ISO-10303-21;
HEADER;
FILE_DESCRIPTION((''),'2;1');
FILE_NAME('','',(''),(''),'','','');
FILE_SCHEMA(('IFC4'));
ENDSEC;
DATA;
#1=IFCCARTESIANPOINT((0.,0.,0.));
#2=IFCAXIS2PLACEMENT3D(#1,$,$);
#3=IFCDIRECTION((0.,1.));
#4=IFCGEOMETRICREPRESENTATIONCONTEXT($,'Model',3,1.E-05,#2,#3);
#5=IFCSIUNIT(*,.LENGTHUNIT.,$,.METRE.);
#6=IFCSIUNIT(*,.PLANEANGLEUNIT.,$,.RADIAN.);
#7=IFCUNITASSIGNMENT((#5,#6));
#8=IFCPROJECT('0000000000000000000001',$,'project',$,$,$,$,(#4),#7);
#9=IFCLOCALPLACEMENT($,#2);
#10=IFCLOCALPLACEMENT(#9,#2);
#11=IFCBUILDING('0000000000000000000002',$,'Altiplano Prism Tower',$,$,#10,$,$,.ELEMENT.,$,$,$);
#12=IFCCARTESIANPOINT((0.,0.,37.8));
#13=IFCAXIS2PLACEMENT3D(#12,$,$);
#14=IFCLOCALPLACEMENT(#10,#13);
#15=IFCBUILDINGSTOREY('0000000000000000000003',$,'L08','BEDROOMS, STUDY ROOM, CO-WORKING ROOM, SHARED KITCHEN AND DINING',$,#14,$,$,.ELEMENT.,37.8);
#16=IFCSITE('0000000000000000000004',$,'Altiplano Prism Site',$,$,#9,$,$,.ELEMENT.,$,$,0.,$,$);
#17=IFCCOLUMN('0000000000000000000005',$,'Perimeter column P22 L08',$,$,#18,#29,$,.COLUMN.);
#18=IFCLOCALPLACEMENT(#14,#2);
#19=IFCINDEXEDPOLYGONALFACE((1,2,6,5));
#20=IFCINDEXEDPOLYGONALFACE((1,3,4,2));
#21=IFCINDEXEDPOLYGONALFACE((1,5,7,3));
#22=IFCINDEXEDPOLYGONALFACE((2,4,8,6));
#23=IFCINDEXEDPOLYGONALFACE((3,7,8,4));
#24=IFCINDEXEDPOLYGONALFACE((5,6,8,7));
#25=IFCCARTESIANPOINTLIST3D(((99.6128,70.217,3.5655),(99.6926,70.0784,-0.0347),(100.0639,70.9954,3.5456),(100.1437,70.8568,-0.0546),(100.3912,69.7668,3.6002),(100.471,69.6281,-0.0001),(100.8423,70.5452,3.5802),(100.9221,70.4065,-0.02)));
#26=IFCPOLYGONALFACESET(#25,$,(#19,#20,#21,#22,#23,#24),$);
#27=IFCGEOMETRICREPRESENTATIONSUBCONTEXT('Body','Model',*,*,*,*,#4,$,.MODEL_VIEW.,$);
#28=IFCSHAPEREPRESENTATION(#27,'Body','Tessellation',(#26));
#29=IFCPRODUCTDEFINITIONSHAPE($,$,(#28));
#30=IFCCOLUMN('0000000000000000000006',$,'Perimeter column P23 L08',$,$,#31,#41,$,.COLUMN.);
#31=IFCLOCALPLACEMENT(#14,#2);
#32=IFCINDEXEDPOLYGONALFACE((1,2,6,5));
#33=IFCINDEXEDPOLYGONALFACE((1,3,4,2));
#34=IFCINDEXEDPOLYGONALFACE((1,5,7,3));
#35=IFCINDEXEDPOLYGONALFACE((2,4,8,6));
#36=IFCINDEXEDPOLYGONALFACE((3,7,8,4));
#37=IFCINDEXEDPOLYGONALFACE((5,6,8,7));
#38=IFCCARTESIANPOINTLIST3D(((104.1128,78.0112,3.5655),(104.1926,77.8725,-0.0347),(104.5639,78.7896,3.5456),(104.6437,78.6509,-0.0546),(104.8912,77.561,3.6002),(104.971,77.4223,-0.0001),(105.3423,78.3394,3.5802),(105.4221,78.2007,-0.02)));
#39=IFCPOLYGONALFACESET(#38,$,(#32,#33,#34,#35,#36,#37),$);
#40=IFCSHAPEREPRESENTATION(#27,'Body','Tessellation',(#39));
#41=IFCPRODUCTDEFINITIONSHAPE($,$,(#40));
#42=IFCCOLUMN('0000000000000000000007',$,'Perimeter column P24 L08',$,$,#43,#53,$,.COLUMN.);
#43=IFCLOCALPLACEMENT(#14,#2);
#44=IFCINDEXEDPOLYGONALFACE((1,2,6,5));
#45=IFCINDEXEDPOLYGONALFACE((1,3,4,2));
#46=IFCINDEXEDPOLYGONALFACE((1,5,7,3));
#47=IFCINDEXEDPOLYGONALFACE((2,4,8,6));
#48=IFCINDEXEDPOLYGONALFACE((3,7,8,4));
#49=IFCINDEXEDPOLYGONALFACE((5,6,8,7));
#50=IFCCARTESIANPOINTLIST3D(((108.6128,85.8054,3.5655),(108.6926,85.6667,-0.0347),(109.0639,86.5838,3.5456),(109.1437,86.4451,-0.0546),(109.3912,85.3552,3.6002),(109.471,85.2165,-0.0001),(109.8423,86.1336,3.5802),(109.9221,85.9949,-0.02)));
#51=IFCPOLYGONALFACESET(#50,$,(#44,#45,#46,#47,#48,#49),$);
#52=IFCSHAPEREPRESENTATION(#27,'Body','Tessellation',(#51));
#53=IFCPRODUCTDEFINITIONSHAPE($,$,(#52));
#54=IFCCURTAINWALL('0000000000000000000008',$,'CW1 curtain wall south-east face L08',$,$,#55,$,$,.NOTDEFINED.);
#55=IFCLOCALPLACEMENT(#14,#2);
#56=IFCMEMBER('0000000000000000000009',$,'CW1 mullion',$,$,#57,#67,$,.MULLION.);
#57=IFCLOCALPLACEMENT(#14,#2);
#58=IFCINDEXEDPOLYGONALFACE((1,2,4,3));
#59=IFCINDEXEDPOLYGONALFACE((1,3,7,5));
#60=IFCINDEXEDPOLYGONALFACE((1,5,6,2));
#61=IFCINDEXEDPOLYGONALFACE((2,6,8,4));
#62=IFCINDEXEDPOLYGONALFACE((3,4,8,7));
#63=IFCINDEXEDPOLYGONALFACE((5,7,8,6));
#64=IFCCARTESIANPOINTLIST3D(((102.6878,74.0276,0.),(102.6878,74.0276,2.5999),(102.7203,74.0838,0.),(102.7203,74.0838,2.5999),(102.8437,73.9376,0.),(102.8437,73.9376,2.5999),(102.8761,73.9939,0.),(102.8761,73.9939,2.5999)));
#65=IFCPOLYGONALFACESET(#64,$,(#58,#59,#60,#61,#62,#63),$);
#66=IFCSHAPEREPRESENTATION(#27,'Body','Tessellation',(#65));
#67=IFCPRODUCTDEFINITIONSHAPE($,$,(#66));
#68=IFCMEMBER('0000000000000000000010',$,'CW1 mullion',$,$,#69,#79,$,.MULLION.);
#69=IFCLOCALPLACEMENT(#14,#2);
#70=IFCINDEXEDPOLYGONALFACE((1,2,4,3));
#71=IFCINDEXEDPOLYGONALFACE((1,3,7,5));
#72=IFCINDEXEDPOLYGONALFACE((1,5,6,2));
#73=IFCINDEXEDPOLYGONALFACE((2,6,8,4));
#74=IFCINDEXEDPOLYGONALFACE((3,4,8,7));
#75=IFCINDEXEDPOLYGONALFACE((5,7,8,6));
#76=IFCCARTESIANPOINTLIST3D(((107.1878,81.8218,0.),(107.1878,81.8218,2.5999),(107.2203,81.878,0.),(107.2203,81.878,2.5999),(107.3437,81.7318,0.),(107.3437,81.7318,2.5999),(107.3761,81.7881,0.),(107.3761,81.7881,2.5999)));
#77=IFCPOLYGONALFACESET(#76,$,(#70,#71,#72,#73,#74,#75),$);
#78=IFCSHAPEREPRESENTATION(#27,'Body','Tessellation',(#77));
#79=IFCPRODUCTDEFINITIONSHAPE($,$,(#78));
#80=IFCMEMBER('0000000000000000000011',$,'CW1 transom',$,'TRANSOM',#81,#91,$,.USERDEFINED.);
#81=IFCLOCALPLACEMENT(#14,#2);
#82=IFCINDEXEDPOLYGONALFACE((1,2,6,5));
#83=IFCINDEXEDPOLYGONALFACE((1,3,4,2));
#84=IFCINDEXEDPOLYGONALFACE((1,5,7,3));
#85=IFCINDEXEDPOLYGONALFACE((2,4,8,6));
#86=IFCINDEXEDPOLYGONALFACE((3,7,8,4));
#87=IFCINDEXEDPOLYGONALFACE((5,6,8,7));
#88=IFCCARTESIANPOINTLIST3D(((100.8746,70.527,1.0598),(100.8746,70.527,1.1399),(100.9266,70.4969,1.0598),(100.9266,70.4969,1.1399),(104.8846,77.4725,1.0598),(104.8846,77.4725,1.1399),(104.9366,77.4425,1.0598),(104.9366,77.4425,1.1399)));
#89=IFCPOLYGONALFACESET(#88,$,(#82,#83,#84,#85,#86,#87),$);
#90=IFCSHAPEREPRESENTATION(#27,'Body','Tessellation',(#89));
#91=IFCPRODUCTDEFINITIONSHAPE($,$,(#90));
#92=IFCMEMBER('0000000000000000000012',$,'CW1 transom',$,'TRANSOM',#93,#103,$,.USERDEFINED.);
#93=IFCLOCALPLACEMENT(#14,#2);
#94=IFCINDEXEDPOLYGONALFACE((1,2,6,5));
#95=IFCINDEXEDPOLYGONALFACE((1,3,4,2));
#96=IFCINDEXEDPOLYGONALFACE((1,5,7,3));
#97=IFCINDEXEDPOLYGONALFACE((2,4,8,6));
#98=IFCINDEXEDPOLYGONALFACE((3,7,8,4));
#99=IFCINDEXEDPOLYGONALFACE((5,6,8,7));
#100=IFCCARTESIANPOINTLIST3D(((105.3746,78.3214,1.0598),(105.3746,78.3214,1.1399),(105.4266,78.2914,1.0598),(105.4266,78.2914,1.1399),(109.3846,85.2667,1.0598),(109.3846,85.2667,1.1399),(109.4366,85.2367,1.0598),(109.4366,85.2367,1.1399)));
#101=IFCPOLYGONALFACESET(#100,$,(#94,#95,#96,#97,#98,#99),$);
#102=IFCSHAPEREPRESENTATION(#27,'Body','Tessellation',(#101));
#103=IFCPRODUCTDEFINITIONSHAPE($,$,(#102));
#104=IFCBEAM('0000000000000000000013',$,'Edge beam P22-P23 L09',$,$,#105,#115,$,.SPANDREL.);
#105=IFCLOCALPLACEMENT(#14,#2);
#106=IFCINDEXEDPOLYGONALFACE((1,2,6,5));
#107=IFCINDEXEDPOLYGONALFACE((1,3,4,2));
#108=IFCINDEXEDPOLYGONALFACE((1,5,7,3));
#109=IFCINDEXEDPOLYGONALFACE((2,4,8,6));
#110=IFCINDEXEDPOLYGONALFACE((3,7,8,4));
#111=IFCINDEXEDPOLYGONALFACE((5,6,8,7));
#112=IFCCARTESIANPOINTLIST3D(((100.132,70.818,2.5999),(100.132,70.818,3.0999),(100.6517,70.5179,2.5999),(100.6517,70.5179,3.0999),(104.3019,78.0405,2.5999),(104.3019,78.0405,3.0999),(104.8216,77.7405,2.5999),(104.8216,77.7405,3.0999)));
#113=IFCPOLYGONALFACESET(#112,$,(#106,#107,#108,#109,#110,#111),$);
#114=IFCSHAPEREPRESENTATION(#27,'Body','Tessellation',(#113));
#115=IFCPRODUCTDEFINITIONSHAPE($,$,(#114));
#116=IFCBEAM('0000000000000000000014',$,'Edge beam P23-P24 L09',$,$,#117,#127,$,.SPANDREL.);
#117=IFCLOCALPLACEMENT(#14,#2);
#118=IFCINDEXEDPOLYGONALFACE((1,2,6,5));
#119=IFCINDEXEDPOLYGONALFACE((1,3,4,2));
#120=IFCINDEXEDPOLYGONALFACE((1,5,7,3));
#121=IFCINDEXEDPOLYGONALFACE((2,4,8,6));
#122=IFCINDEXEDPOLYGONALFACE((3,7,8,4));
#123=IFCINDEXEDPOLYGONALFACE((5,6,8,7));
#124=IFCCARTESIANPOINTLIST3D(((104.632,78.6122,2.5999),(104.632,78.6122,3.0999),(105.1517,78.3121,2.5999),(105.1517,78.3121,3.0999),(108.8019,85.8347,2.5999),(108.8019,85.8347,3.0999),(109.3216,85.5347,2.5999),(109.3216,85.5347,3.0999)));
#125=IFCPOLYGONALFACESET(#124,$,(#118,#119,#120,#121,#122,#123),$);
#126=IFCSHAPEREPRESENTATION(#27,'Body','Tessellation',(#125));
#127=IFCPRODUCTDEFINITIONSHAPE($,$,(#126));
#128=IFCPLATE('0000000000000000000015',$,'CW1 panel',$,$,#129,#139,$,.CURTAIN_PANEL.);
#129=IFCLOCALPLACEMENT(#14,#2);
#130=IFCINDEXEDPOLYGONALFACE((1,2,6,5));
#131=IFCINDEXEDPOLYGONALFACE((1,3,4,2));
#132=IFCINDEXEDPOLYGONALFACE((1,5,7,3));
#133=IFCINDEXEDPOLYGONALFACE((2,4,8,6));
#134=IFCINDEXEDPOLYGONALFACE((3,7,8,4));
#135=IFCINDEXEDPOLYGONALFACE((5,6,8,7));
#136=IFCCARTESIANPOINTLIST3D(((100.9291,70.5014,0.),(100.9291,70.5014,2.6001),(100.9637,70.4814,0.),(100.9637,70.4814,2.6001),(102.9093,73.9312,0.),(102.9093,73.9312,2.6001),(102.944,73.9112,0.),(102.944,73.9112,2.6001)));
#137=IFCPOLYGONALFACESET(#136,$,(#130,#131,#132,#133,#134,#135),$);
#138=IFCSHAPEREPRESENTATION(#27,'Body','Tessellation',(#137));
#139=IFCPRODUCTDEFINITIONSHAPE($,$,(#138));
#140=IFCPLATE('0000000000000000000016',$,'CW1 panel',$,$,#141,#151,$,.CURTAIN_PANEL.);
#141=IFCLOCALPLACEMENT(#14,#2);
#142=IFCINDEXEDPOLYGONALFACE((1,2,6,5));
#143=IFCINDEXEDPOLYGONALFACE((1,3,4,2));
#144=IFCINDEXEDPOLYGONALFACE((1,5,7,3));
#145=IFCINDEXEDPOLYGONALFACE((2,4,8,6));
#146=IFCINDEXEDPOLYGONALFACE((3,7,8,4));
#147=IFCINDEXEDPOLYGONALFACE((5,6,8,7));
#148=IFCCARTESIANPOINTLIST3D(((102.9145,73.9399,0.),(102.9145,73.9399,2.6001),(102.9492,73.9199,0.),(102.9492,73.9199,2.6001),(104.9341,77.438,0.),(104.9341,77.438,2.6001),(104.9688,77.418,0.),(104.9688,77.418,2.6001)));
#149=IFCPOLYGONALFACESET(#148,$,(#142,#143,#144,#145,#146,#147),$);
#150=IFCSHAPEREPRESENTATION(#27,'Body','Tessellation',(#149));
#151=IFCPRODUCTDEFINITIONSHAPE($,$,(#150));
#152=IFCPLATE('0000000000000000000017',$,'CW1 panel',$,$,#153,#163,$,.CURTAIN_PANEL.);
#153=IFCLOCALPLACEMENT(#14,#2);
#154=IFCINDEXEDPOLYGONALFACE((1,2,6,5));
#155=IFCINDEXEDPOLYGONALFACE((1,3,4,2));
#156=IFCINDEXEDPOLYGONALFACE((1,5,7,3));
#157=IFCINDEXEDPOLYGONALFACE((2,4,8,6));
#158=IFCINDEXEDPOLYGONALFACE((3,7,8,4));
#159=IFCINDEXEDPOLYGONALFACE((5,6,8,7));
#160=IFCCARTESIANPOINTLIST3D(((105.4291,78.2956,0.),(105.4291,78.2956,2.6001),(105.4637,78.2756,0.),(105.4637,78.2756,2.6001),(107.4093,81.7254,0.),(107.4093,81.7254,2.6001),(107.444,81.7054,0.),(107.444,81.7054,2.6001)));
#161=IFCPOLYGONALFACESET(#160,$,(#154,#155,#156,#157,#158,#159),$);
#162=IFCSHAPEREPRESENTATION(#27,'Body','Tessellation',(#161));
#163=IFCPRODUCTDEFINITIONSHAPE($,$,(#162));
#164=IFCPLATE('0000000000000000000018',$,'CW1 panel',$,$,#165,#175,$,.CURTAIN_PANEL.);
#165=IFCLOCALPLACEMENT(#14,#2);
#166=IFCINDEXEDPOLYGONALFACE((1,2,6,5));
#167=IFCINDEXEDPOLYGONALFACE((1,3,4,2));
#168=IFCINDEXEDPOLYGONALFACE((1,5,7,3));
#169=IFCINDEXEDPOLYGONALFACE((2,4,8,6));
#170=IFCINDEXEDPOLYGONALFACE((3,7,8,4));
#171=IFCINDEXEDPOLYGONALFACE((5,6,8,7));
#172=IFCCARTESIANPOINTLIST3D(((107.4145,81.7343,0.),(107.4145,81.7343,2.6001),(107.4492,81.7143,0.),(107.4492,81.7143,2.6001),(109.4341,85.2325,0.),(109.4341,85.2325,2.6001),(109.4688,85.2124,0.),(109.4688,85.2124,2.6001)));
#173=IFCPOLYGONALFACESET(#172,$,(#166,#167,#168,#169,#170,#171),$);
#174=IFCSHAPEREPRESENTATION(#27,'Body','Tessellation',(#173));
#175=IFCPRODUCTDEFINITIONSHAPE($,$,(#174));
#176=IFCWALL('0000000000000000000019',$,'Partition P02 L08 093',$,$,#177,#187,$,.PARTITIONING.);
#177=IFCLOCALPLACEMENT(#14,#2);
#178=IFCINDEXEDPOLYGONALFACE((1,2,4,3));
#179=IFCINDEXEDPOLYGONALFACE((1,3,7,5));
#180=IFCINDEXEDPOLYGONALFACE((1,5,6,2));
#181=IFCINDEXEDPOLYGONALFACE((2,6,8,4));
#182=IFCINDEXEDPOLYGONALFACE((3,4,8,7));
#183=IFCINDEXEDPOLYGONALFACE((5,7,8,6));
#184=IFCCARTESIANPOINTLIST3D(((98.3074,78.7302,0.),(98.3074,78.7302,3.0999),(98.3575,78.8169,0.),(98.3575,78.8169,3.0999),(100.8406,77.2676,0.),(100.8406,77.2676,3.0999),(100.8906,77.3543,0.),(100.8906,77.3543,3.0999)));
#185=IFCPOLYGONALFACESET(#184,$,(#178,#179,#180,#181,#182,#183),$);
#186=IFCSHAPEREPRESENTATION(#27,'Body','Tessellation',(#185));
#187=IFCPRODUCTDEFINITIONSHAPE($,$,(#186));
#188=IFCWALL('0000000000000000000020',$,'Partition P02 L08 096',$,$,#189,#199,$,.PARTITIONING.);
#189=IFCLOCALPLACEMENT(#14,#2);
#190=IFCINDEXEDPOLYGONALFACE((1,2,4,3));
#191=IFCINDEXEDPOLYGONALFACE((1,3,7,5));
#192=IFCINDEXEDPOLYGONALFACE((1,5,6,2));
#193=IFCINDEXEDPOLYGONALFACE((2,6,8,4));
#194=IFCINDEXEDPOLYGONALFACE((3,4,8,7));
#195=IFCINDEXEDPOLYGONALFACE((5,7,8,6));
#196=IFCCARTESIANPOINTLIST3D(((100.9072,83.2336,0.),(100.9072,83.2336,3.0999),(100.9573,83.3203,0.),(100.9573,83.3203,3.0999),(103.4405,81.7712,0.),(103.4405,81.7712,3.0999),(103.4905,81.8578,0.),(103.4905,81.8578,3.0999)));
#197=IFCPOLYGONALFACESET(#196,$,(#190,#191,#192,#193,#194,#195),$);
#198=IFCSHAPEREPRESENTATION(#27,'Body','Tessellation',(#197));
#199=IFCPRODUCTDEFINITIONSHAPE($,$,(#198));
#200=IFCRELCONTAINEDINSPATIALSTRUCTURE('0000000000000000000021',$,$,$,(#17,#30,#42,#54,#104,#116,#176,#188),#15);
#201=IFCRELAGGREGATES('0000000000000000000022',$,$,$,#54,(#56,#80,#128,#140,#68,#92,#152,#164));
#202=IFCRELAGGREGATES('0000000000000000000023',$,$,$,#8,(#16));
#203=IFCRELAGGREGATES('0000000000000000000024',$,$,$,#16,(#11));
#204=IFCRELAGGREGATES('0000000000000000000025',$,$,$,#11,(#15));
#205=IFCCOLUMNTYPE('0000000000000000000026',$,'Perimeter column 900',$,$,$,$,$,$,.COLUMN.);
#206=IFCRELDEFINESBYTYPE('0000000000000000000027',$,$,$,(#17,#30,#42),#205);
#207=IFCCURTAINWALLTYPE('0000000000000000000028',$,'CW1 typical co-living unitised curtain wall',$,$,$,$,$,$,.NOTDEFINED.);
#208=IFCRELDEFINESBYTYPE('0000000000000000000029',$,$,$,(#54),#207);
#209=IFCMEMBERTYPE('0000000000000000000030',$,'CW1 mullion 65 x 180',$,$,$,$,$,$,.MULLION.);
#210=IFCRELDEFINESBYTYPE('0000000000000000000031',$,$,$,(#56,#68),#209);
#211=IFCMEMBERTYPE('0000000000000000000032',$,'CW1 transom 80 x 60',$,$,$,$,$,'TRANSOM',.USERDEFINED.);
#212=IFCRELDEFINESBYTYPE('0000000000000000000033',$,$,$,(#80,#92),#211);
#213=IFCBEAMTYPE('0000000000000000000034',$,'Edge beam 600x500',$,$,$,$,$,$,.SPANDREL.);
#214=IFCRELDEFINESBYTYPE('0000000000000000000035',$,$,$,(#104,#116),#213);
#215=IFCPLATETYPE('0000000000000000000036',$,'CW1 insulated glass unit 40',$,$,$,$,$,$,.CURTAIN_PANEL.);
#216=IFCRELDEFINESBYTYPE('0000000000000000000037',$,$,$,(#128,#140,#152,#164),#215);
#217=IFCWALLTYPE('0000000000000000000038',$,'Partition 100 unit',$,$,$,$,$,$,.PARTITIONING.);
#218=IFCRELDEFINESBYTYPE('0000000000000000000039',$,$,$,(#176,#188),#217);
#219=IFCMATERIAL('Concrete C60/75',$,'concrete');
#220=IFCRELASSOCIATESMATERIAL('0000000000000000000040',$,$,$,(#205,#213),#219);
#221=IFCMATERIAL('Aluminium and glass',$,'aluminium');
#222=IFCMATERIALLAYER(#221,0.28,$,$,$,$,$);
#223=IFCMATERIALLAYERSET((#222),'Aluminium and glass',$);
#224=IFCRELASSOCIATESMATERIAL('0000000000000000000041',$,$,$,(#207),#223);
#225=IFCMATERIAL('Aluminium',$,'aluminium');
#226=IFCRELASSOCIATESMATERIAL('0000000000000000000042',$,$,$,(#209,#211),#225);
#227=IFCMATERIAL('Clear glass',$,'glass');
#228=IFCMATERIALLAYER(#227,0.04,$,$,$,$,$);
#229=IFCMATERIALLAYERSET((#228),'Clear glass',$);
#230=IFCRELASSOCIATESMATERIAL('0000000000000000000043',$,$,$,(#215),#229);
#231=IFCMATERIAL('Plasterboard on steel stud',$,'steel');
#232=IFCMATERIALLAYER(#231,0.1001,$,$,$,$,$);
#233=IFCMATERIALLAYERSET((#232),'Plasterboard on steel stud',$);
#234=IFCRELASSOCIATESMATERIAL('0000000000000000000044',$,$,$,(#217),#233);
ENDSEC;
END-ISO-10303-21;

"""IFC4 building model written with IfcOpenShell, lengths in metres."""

from ifc_helpers import new_model, si_unit, direction, frame, frame_2d, origin, origin_2d, place, context, subcontext, project, spatial, rectangle, extrude, material, layer, layer_set, material_profile, profile_set, type_object, element, aggregate, save


model = new_model("IFC4")

# Units and contexts
model_context = context("Model", 3, precision=1e-05, world=origin(), true_north=direction((0.0, 1.0)))
body_context = subcontext(model_context, "Body", "Model", "MODEL_VIEW")
ifc_project = project(units=[si_unit("LENGTHUNIT", "METRE"), si_unit("PLANEANGLEUNIT", "RADIAN")], contexts=[model_context])

# Site, building, storey
site_placement = place(None, origin())
site = spatial("IfcSite", under=ifc_project, at=site_placement, Name="Altiplano Prism Site", CompositionType="ELEMENT", RefElevation=0.0)
building_placement = place(site_placement, origin())
building = spatial("IfcBuilding", under=site, at=building_placement, Name="Altiplano Prism Tower", CompositionType="ELEMENT")
storey_placement = place(building_placement, frame((0.0, 0.0, 37.8)))
storey = spatial("IfcBuildingStorey", under=building, at=storey_placement, Name="L08", Description="BEDROOMS, STUDY ROOM, CO-WORKING ROOM, SHARED KITCHEN AND DINING", CompositionType="ELEMENT", Elevation=37.8)

# Columns
ifc_material_1 = material(Name="Concrete C60/75", Category="concrete")
ifc_material_profile_1 = material_profile(ifc_material_1, rectangle(XDim=0.8999, YDim=0.8999, at=origin_2d()), Name="Perimeter column 900")
ifc_profile_set_1 = profile_set([ifc_material_profile_1], Name="Concrete C60/75")
column_type = type_object("IfcColumnType", Name="Perimeter column 900", PredefinedType="COLUMN", material=ifc_profile_set_1)
for number, where, z_axis, x_axis, name in (
    (1, (100.3074, 70.2424, -0.0273), (-0.022154, 0.038481, 0.999014), (-0.501318, -0.864979, 0.022201), "Perimeter column P22 L08"),
    (2, (104.8074, 78.0366, -0.0273), (-0.022154, 0.038481, 0.999014), (-0.50131, -0.864983, 0.022201), "Perimeter column P23 L08"),
    (3, (109.3074, 85.8308, -0.0273), (-0.022154, 0.038481, 0.999014), (-0.501313, -0.864981, 0.022201), "Perimeter column P24 L08"),
):
    element("IfcColumn", number, at=place(storey_placement, frame(where, z_axis=z_axis, x_axis=x_axis)), inside=storey, type_object=column_type, Name=name, PredefinedType="COLUMN", context=body_context, shape_type="SweptSolid", body=[
        extrude(rectangle(XDim=0.8999, YDim=0.8999, at=origin_2d()), origin(), (0.0, 0.0, 1.0), 3.6038),
    ])

# Curtain wall, members
ifc_material_2 = material(Name="Aluminium and glass", Category="aluminium")
ifc_layer_1 = layer(ifc_material_2, 0.28)
ifc_layer_set_1 = layer_set([ifc_layer_1], Name="Aluminium and glass")
curtain_wall_type = type_object("IfcCurtainWallType", Name="CW1 typical co-living unitised curtain wall", PredefinedType="NOTDEFINED", material=ifc_layer_set_1)
curtain_wall_placement = place(storey_placement, origin())
curtain_wall = element("IfcCurtainWall", 4, at=curtain_wall_placement, inside=storey, type_object=curtain_wall_type, Name="CW1 curtain wall south-east face L08", PredefinedType="NOTDEFINED")
ifc_material_3 = material(Name="Aluminium", Category="aluminium")
ifc_material_profile_2 = material_profile(ifc_material_3, rectangle(XDim=0.1799, YDim=0.0649, at=origin_2d()), Name="CW1 mullion 65 x 180")
ifc_profile_set_2 = profile_set([ifc_material_profile_2], Name="Aluminium")
member_type_1 = type_object("IfcMemberType", Name="CW1 mullion 65 x 180", PredefinedType="MULLION", material=ifc_profile_set_2)
member_1_placement = place(storey_placement, frame((102.782, 74.0107, 0.0), z_axis=(0.0, 0.0, 1.0), x_axis=(-0.866025, 0.5, 0.0)))
member_1 = element("IfcMember", 5, at=member_1_placement, type_object=member_type_1, Name="CW1 mullion", PredefinedType="MULLION", context=body_context, shape_type="SweptSolid", body=[
    extrude(rectangle(XDim=0.1799, YDim=0.0649, at=origin_2d()), origin(), (0.0, 0.0, 1.0), 2.5999),
])
member_2_placement = place(storey_placement, frame((107.282, 81.8049, 0.0), z_axis=(0.0, 0.0, 1.0), x_axis=(-0.866025, 0.5, 0.0)))
member_2 = element("IfcMember", 6, at=member_2_placement, type_object=member_type_1, Name="CW1 mullion", PredefinedType="MULLION", context=body_context, shape_type="SweptSolid", body=[
    extrude(rectangle(XDim=0.1799, YDim=0.0649, at=origin_2d()), origin(), (0.0, 0.0, 1.0), 2.5999),
])
ifc_material_profile_3 = material_profile(ifc_material_3, rectangle(XDim=0.0601, YDim=0.0801, at=origin_2d()), Name="CW1 transom 80 x 60")
ifc_profile_set_3 = profile_set([ifc_material_profile_3], Name="Aluminium")
member_type_2 = type_object("IfcMemberType", Name="CW1 transom 80 x 60", ElementType="TRANSOM", PredefinedType="USERDEFINED", material=ifc_profile_set_3)
member_3_placement = place(storey_placement, frame((100.9006, 70.512, 1.0999), z_axis=(0.499999, 0.866026, 0.0), x_axis=(-0.866026, 0.499999, 0.0)))
member_3 = element("IfcMember", 7, at=member_3_placement, type_object=member_type_2, Name="CW1 transom", ObjectType="TRANSOM", PredefinedType="USERDEFINED", context=body_context, shape_type="SweptSolid", body=[
    extrude(rectangle(XDim=0.0601, YDim=0.0801, at=origin_2d()), origin(), (0.0, 0.0, 1.0), 8.02),
])
member_4_placement = place(storey_placement, frame((105.4006, 78.3064, 1.0999), z_axis=(0.500012, 0.866018, 0.0), x_axis=(-0.866018, 0.500012, 0.0)))
member_4 = element("IfcMember", 8, at=member_4_placement, type_object=member_type_2, Name="CW1 transom", ObjectType="TRANSOM", PredefinedType="USERDEFINED", context=body_context, shape_type="SweptSolid", body=[
    extrude(rectangle(XDim=0.0601, YDim=0.0801, at=origin_2d()), origin(), (0.0, 0.0, 1.0), 8.0198),
])

# Beams
ifc_material_profile_4 = material_profile(ifc_material_1, rectangle(XDim=0.6001, YDim=0.5, at=origin_2d()), Name="Edge beam 600x500")
ifc_profile_set_4 = profile_set([ifc_material_profile_4], Name="Concrete C60/75")
beam_type = type_object("IfcBeamType", Name="Edge beam 600x500", PredefinedType="SPANDREL", material=ifc_profile_set_4)
for number, where, z_axis, x_axis, name in (
    (9, (100.3918, 70.668, 2.8499), (0.499993, 0.86603, 0.0), (-0.86603, 0.499993, 0.0), "Edge beam P22-P23 L09"),
    (10, (104.8918, 78.4622, 2.8499), (0.499993, 0.86603, 0.0), (-0.86603, 0.499993, 0.0), "Edge beam P23-P24 L09"),
):
    element("IfcBeam", number, at=place(storey_placement, frame(where, z_axis=z_axis, x_axis=x_axis)), inside=storey, type_object=beam_type, Name=name, PredefinedType="SPANDREL", context=body_context, shape_type="SweptSolid", body=[
        extrude(rectangle(XDim=0.6001, YDim=0.5, at=origin_2d()), origin(), (0.0, 0.0, 1.0), 8.3398),
    ])

# Plates
ifc_material_4 = material(Name="Clear glass", Category="glass")
ifc_layer_2 = layer(ifc_material_4, 0.04)
ifc_layer_set_2 = layer_set([ifc_layer_2], Name="Clear glass")
plate_type = type_object("IfcPlateType", Name="CW1 insulated glass unit 40", PredefinedType="CURTAIN_PANEL", material=ifc_layer_set_2)
plate_1_placement = place(storey_placement, frame((101.9365, 72.2063, 0.0), z_axis=(0.0, 0.0, 1.0), x_axis=(0.5, 0.866025, 0.0)))
plate_1 = element("IfcPlate", 11, at=plate_1_placement, type_object=plate_type, Name="CW1 panel", PredefinedType="CURTAIN_PANEL", context=body_context, shape_type="SweptSolid", body=[
    extrude(rectangle(XDim=3.9604, YDim=0.04, at=origin_2d()), origin(), (0.0, 0.0, 1.0), 2.6001),
])
plate_2_placement = place(storey_placement, frame((103.9417, 75.679, 0.0), z_axis=(0.0, 0.0, 1.0), x_axis=(0.5, 0.866025, 0.0)))
plate_2 = element("IfcPlate", 12, at=plate_2_placement, type_object=plate_type, Name="CW1 panel", PredefinedType="CURTAIN_PANEL", context=body_context, shape_type="SweptSolid", body=[
    extrude(rectangle(XDim=4.0393, YDim=0.04, at=origin_2d()), origin(), (0.0, 0.0, 1.0), 2.6001),
])
plate_3_placement = place(storey_placement, frame((106.4365, 80.0005, 0.0), z_axis=(0.0, 0.0, 1.0), x_axis=(0.5, 0.866025, 0.0)))
plate_3 = element("IfcPlate", 13, at=plate_3_placement, type_object=plate_type, Name="CW1 panel", PredefinedType="CURTAIN_PANEL", context=body_context, shape_type="SweptSolid", body=[
    extrude(rectangle(XDim=3.9604, YDim=0.04, at=origin_2d()), origin(), (0.0, 0.0, 1.0), 2.6001),
])
plate_4_placement = place(storey_placement, frame((108.4417, 83.4734, 0.0), z_axis=(0.0, 0.0, 1.0), x_axis=(0.5, 0.866025, 0.0)))
plate_4 = element("IfcPlate", 14, at=plate_4_placement, type_object=plate_type, Name="CW1 panel", PredefinedType="CURTAIN_PANEL", context=body_context, shape_type="SweptSolid", body=[
    extrude(rectangle(XDim=4.0393, YDim=0.04, at=origin_2d()), origin(), (0.0, 0.0, 1.0), 2.6001),
])
aggregate(curtain_wall, [member_1, member_3, plate_1, plate_2, member_2, member_4, plate_3, plate_4])

# Walls
ifc_material_5 = material(Name="Plasterboard on steel stud", Category="steel")
ifc_layer_3 = layer(ifc_material_5, 0.1001)
ifc_layer_set_3 = layer_set([ifc_layer_3], Name="Plasterboard on steel stud")
wall_type_1 = type_object("IfcWallType", Name="Partition 100 unit", PredefinedType="PARTITIONING", material=ifc_layer_set_3)
for number, where, z_axis, x_axis, name in (
    (15, (100.8655, 77.311, 0.0), (0.0, 0.0, 1.0), (-0.86601, 0.500026, 0.0), "Partition P02 L08 093"),
    (16, (100.9324, 83.2769, 0.0), (0.0, 0.0, 1.0), (0.866047, -0.499963, 0.0), "Partition P02 L08 096"),
):
    element("IfcWall", number, at=place(storey_placement, frame(where, z_axis=z_axis, x_axis=x_axis)), inside=storey, type_object=wall_type_1, Name=name, PredefinedType="PARTITIONING", context=body_context, shape_type="SweptSolid", body=[
        extrude(rectangle(XDim=2.925, YDim=0.1001, at=frame_2d((1.4624, 0.0))), origin(), (0.0, 0.0, 1.0), 3.0999),
    ])

save(model, "model.ifc")
